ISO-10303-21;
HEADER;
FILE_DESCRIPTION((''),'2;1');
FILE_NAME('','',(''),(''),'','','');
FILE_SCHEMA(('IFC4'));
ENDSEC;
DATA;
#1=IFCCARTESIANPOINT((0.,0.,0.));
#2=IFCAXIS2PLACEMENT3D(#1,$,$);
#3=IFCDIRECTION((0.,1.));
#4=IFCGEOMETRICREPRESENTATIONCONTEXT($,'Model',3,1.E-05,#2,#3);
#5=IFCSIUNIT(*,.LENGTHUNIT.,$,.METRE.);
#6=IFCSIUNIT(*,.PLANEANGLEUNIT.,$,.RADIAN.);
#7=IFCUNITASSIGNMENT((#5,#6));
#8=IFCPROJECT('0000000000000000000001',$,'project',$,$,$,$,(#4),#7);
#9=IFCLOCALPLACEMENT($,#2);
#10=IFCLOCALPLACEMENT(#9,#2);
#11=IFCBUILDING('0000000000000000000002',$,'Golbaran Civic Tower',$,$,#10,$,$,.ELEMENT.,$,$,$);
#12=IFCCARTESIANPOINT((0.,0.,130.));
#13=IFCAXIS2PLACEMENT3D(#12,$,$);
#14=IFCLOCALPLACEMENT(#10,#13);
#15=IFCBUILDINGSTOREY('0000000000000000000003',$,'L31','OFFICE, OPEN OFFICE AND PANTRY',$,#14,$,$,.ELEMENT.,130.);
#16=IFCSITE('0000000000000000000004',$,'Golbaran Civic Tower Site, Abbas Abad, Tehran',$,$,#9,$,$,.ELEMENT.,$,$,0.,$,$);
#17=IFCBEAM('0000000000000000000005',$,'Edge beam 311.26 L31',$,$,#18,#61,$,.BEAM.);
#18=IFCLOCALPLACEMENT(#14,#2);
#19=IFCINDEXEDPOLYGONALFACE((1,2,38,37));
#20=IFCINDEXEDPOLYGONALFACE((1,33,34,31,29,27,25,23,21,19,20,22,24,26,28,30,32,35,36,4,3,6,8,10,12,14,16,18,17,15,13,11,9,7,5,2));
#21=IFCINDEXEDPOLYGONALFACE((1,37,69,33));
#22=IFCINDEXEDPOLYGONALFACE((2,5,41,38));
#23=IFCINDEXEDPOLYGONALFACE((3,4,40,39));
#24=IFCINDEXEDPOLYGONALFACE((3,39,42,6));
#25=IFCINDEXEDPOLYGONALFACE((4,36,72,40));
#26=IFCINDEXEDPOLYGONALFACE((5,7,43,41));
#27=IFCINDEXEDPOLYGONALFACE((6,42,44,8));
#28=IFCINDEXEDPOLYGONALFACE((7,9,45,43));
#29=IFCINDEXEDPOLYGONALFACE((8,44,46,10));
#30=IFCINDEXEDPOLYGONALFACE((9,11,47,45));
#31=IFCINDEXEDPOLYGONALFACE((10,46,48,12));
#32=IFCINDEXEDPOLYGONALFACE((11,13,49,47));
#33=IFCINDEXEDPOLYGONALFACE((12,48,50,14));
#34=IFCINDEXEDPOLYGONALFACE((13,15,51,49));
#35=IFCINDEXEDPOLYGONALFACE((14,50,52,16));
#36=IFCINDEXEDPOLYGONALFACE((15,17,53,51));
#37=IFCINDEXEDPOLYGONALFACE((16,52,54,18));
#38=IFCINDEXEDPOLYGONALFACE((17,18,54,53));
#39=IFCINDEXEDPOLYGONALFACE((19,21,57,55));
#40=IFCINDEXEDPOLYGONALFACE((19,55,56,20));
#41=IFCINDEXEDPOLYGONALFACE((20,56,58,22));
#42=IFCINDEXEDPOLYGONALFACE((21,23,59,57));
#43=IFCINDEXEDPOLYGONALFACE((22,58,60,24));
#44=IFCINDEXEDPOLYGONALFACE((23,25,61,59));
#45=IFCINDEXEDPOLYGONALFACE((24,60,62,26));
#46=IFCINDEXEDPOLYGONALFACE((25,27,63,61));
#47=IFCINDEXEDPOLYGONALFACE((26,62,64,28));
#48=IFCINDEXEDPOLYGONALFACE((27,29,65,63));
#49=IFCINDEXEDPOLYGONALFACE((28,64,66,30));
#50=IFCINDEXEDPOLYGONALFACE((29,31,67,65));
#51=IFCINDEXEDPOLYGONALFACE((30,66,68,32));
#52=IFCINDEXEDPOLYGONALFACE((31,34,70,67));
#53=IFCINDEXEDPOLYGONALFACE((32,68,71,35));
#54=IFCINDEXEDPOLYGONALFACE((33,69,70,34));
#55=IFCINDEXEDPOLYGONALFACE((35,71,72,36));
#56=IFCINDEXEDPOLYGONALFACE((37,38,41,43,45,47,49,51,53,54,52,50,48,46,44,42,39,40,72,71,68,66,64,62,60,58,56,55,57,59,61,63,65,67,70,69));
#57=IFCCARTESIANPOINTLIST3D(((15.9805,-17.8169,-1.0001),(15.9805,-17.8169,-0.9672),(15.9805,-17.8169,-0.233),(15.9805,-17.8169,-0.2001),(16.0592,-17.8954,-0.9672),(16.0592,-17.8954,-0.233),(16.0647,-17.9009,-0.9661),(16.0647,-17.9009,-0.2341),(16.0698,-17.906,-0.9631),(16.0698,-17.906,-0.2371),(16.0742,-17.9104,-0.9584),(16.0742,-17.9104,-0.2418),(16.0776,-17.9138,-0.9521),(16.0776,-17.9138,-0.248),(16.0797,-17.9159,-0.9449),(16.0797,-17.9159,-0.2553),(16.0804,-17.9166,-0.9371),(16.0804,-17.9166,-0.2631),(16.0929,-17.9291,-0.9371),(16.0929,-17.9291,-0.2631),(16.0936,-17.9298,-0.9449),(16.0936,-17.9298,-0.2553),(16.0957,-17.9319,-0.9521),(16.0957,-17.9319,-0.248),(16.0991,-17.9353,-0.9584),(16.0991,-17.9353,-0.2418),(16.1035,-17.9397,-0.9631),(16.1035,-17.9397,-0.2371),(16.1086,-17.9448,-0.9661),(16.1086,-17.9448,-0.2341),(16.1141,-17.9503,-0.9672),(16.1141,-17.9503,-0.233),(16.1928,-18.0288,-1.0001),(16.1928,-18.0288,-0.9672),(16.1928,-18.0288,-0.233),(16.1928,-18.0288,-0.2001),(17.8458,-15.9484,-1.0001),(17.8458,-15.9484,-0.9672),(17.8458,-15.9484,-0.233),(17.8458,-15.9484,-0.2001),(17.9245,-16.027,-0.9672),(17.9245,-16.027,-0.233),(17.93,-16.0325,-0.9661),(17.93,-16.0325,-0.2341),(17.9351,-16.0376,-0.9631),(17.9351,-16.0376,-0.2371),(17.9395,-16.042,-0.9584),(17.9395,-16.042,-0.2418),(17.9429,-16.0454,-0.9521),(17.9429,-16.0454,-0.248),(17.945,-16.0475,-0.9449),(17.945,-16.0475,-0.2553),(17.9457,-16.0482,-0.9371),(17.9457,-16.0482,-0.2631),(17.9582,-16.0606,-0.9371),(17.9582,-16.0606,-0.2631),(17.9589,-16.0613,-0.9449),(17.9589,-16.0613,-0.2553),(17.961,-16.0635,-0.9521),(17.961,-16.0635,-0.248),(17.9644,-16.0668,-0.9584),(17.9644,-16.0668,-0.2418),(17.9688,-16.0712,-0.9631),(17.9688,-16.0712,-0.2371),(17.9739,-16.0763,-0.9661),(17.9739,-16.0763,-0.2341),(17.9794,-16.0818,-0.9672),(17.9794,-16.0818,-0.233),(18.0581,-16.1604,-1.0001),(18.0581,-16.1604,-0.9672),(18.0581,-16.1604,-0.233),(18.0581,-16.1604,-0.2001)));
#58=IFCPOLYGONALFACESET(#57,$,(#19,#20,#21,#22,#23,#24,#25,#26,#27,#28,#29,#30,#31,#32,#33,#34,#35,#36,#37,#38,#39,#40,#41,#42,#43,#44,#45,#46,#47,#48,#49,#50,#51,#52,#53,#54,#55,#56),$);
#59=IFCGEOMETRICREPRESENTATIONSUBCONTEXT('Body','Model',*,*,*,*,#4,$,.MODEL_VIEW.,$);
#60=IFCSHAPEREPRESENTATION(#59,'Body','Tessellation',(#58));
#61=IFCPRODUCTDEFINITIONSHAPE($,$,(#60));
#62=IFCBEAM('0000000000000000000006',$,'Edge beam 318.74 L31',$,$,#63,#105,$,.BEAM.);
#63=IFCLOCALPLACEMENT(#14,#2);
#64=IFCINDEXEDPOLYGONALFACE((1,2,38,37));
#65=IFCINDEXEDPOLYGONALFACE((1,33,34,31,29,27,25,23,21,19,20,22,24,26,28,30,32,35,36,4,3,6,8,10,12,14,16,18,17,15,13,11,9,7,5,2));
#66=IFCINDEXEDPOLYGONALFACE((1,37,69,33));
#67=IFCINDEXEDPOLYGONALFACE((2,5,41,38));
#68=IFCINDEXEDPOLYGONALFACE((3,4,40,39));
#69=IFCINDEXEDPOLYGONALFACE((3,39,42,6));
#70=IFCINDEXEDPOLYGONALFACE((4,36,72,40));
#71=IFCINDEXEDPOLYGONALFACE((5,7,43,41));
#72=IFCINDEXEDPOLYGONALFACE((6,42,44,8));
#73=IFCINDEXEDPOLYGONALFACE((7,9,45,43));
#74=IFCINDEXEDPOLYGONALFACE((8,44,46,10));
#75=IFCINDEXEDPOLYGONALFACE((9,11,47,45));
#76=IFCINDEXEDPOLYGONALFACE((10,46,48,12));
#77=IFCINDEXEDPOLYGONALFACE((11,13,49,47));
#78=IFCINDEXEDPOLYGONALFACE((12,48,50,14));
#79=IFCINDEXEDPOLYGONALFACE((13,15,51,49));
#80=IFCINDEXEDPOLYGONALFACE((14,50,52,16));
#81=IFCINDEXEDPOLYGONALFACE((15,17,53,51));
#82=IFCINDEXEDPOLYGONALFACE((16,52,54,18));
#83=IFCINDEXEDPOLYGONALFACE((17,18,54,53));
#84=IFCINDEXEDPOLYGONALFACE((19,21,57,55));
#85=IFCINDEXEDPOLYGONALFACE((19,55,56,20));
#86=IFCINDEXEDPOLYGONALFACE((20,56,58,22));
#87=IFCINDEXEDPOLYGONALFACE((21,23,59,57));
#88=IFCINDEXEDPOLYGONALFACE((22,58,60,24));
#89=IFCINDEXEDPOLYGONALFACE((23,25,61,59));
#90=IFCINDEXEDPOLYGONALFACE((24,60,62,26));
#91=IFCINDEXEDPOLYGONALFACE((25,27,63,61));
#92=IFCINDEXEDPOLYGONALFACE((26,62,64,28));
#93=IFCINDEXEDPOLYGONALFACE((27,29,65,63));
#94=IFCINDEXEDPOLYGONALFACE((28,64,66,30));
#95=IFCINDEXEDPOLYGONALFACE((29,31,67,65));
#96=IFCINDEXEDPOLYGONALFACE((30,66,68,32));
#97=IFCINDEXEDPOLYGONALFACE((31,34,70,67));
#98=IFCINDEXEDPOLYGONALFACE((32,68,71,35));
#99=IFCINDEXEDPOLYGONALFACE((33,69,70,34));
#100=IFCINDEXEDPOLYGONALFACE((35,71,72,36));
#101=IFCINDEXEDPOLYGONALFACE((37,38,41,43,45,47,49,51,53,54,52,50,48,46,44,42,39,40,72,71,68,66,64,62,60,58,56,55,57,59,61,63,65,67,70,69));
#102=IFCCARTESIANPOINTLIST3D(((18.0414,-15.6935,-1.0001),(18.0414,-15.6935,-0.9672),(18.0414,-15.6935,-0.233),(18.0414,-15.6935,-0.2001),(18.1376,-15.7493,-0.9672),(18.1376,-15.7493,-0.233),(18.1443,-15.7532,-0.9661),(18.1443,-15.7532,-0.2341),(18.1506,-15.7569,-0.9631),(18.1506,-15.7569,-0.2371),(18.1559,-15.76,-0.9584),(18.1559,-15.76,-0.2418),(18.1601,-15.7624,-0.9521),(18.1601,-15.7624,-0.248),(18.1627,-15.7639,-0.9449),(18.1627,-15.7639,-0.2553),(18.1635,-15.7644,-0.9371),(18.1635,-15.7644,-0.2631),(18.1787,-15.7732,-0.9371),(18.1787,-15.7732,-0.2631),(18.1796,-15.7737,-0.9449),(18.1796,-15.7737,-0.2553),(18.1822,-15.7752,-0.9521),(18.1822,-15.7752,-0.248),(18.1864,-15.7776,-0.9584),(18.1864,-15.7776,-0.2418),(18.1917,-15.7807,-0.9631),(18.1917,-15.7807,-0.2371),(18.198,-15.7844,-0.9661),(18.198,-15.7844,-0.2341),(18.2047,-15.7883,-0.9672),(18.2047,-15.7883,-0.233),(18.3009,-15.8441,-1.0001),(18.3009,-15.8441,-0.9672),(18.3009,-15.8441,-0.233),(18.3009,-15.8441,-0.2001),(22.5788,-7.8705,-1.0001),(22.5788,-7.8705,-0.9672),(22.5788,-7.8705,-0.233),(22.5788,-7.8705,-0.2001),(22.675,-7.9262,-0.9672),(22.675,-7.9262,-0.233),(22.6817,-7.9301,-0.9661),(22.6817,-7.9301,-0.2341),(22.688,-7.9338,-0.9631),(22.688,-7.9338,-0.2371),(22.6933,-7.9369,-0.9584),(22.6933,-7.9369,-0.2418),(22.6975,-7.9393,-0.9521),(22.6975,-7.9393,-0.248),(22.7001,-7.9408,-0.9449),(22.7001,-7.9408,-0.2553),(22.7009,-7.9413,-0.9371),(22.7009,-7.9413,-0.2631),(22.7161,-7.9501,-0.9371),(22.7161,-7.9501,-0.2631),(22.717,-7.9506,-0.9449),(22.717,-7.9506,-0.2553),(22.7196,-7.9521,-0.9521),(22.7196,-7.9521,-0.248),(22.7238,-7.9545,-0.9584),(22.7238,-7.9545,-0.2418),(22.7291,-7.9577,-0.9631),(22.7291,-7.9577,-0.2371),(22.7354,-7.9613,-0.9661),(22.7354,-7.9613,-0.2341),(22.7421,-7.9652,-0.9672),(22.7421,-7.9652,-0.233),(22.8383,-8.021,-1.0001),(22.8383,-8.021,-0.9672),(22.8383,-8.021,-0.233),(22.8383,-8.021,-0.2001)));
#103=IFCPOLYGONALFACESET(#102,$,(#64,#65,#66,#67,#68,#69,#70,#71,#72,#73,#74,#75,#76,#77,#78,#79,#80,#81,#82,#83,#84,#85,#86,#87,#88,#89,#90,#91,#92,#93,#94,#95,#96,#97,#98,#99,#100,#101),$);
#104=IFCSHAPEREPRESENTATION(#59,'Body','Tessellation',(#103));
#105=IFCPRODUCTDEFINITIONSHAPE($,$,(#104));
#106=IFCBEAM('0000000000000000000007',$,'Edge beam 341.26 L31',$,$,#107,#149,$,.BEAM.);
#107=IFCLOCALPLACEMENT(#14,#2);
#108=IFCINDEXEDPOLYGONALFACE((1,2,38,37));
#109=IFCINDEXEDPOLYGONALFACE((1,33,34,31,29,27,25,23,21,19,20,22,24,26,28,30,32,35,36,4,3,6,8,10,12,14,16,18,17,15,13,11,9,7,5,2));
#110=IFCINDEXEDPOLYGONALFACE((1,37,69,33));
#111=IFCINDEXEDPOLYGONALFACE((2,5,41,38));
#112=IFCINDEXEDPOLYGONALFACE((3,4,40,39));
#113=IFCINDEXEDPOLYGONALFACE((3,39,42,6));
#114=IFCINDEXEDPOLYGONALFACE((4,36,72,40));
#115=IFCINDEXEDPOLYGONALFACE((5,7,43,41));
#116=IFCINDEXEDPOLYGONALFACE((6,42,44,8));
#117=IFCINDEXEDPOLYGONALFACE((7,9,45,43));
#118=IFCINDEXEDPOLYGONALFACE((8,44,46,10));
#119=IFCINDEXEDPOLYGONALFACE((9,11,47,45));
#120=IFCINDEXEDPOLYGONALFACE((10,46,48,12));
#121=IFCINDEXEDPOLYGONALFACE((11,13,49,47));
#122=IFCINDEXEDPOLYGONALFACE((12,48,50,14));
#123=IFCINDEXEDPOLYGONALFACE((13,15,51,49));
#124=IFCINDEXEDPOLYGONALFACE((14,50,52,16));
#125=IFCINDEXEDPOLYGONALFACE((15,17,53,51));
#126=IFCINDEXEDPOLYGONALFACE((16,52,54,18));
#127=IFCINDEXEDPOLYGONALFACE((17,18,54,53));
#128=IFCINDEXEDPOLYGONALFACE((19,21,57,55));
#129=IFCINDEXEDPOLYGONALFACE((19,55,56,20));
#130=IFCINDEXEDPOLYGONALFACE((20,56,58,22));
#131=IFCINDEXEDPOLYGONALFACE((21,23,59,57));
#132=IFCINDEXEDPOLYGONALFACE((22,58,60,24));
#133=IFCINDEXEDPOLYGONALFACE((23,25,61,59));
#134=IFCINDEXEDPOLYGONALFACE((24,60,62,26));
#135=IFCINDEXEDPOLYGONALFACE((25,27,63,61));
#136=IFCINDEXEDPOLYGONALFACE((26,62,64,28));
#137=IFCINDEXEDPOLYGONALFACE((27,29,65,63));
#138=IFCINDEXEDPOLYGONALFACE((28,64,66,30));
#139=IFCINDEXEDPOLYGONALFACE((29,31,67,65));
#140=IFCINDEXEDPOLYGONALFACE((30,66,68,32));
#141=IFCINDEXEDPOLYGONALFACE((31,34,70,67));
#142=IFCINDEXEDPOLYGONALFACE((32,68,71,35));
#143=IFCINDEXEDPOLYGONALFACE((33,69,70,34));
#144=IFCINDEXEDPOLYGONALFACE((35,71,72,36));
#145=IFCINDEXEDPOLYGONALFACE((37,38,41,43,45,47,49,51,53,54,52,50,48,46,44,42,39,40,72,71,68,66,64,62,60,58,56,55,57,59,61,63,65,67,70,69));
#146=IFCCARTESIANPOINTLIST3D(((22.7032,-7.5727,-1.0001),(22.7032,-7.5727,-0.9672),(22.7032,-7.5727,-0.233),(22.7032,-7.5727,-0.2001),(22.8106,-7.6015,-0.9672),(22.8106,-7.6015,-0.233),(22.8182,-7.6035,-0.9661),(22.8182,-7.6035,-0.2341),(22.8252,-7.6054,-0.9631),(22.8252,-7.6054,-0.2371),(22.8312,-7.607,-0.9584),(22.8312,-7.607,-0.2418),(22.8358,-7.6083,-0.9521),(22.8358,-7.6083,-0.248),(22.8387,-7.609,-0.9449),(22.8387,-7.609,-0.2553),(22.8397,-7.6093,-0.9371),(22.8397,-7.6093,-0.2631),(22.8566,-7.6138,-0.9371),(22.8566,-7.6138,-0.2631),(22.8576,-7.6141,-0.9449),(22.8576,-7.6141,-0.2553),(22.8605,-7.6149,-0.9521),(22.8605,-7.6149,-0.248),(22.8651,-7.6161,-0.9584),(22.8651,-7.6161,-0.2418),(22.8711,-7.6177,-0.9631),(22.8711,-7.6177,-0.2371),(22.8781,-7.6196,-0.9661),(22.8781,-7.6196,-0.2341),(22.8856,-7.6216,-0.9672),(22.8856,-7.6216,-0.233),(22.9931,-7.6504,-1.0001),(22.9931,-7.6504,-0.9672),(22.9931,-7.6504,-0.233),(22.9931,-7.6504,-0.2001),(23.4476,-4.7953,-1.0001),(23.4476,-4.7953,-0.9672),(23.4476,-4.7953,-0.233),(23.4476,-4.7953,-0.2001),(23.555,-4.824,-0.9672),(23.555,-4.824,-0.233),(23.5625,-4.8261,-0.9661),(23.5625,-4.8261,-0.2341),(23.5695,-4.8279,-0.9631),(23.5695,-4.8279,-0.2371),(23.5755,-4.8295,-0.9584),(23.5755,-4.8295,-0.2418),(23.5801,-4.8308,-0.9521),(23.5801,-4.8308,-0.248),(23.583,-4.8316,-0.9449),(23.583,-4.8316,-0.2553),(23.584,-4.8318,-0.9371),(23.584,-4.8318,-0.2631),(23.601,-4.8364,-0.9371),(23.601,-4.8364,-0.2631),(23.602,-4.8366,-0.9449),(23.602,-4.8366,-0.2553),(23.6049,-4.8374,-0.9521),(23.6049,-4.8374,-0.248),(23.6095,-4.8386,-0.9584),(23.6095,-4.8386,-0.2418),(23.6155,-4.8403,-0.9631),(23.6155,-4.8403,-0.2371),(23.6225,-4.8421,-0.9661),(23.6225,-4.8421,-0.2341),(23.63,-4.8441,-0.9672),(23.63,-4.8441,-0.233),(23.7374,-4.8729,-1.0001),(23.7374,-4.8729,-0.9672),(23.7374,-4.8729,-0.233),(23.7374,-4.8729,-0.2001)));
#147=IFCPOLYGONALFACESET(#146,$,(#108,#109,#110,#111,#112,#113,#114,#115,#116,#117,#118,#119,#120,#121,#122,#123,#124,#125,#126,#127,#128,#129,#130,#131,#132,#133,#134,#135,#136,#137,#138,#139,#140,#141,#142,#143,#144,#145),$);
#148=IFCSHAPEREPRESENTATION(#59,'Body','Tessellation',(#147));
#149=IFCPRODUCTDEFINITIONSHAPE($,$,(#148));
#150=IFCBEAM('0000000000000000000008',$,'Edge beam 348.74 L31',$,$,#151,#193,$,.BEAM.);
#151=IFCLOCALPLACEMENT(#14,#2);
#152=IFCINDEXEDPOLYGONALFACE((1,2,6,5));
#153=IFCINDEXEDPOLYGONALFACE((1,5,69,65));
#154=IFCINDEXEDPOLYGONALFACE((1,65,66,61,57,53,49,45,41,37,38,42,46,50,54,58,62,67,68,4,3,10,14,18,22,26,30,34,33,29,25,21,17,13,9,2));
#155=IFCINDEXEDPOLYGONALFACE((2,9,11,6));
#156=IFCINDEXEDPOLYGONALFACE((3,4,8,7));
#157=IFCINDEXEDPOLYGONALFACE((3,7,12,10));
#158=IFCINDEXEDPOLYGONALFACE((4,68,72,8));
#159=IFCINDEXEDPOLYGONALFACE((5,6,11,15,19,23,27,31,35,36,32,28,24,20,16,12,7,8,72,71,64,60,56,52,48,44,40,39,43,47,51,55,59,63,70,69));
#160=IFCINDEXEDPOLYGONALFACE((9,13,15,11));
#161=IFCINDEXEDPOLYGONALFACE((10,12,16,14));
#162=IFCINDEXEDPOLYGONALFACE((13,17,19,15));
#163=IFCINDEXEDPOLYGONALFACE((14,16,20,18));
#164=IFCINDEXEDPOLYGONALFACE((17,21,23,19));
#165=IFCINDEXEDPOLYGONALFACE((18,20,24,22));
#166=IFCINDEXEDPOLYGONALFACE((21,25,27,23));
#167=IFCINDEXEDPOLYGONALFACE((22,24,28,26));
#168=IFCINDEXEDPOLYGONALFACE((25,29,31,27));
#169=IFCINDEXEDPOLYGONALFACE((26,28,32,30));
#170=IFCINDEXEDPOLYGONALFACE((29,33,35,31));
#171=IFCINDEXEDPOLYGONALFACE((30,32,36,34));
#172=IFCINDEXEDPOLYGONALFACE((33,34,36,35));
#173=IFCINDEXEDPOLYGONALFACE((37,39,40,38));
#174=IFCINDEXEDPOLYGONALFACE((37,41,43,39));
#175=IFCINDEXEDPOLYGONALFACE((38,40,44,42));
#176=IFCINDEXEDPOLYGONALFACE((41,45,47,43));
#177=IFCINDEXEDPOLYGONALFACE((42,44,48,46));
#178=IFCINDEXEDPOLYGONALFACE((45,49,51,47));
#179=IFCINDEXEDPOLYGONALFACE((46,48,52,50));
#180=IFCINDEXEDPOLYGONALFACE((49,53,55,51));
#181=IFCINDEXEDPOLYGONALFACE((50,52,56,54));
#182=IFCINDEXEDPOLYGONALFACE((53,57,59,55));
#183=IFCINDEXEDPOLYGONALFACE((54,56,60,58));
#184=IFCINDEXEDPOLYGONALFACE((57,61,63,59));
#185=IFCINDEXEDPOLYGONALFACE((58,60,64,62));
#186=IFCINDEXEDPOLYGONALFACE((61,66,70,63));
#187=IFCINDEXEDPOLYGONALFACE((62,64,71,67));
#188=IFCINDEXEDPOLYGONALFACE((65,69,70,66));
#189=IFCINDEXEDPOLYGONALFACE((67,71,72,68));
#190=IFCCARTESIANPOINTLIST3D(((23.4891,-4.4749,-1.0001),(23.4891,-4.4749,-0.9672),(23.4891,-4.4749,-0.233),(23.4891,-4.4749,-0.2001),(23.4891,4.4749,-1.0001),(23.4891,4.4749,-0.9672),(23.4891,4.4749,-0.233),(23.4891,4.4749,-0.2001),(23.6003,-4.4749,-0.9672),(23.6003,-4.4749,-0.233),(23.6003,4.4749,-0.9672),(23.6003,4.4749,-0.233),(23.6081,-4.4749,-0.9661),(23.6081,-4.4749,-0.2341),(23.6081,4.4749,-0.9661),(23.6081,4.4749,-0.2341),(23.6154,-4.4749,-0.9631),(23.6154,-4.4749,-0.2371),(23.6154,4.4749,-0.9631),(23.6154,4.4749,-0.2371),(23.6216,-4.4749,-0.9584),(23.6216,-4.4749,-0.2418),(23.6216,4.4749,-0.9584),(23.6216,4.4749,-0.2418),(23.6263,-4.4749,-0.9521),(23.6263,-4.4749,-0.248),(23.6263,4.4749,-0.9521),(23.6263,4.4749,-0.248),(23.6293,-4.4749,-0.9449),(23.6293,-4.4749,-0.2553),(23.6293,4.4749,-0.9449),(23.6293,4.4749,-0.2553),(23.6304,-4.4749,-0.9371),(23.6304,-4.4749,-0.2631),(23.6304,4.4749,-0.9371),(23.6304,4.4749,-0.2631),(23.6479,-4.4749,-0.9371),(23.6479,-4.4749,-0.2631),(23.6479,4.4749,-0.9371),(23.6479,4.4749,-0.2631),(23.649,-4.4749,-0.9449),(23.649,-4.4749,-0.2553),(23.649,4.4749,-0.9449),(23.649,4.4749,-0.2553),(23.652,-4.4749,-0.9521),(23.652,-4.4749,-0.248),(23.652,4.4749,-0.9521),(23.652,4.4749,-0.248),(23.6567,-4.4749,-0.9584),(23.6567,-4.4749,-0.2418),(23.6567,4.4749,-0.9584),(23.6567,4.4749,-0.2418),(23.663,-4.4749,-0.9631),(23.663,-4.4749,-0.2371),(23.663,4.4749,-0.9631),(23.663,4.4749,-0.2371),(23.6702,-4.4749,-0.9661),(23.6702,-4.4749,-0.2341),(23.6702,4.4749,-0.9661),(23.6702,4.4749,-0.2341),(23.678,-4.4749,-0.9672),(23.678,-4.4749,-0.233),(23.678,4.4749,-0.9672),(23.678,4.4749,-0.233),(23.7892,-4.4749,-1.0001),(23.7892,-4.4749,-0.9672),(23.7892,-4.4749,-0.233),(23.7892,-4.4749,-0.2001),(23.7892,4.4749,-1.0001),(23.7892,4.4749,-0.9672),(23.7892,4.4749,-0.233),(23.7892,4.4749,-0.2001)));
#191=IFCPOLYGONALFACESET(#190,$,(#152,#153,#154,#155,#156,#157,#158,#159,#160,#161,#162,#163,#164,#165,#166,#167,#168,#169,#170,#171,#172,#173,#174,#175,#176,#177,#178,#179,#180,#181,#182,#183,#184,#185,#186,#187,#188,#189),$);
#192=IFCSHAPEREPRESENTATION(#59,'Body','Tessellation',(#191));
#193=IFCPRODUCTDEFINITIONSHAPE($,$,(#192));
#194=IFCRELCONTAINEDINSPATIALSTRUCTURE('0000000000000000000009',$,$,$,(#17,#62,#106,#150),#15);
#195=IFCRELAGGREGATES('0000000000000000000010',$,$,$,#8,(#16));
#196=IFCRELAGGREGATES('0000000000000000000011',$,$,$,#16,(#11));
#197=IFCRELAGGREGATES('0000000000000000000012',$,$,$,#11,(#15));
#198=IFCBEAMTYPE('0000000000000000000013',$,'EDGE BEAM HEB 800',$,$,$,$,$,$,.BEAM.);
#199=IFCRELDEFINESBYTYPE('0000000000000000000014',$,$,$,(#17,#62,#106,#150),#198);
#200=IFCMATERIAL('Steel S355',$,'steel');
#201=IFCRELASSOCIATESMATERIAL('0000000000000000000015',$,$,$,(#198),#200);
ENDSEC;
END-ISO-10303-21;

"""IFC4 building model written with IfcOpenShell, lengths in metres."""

from ifc_helpers import new_model, si_unit, direction, frame, origin, origin_2d, place, context, subcontext, project, spatial, i_section, extrude, material, material_profile, profile_set, type_object, element, save


model = new_model("IFC4")

# Units and contexts
model_context = context("Model", 3, precision=1e-05, world=origin(), true_north=direction((0.0, 1.0)))
body_context = subcontext(model_context, "Body", "Model", "MODEL_VIEW")
ifc_project = project(units=[si_unit("LENGTHUNIT", "METRE"), si_unit("PLANEANGLEUNIT", "RADIAN")], contexts=[model_context])

# Site, building, storey
site_placement = place(None, origin())
site = spatial("IfcSite", under=ifc_project, at=site_placement, Name="Golbaran Civic Tower Site, Abbas Abad, Tehran", CompositionType="ELEMENT", RefElevation=0.0)
building_placement = place(site_placement, origin())
building = spatial("IfcBuilding", under=site, at=building_placement, Name="Golbaran Civic Tower", CompositionType="ELEMENT")
storey_placement = place(building_placement, frame((0.0, 0.0, 130.0)))
storey = spatial("IfcBuildingStorey", under=building, at=storey_placement, Name="L31", Description="OFFICE, OPEN OFFICE AND PANTRY", CompositionType="ELEMENT", Elevation=130.0)

# Beams
ifc_material_1 = material(Name="Steel S355", Category="steel")
ifc_material_profile_1 = material_profile(ifc_material_1, i_section(OverallWidth=0.3, OverallDepth=0.8, WebThickness=0.0176, FlangeThickness=0.033, FilletRadius=0.03, at=origin_2d()), Name="HEB 800")
ifc_profile_set_1 = profile_set([ifc_material_profile_1], Name="Steel S355")
beam_type_1 = type_object("IfcBeamType", Name="EDGE BEAM HEB 800", PredefinedType="BEAM", material=ifc_profile_set_1)
beam_1_placement = place(storey_placement, frame((16.0867, -17.9229, -0.6001), z_axis=(0.706505, 0.707708, 0.0), x_axis=(-0.707708, 0.706505, 0.0)))
element("IfcBeam", 1, at=beam_1_placement, inside=storey, type_object=beam_type_1, Name="Edge beam 311.26 L31", PredefinedType="BEAM", context=body_context, shape_type="SweptSolid", body=[
    extrude(i_section(OverallWidth=0.3, OverallDepth=0.8, WebThickness=0.0176, FlangeThickness=0.033, FilletRadius=0.03, at=origin_2d()), origin(), (0.0, 0.0, 1.0), 2.6401),
])
beam_2_placement = place(storey_placement, frame((18.1711, -15.7688, -0.6001), z_axis=(0.501719, 0.86503, 0.0), x_axis=(-0.86503, 0.501719, 0.0)))
element("IfcBeam", 2, at=beam_2_placement, inside=storey, type_object=beam_type_1, Name="Edge beam 318.74 L31", PredefinedType="BEAM", context=body_context, shape_type="SweptSolid", body=[
    extrude(i_section(OverallWidth=0.3, OverallDepth=0.8, WebThickness=0.0176, FlangeThickness=0.033, FilletRadius=0.03, at=origin_2d()), origin(), (0.0, 0.0, 1.0), 9.0437),
])
beam_3_placement = place(storey_placement, frame((22.8481, -7.6116, -0.6001), z_axis=(0.258862, 0.965914, 0.0), x_axis=(-0.965914, 0.258862, 0.0)))
element("IfcBeam", 3, at=beam_3_placement, inside=storey, type_object=beam_type_1, Name="Edge beam 341.26 L31", PredefinedType="BEAM", context=body_context, shape_type="SweptSolid", body=[
    extrude(i_section(OverallWidth=0.3, OverallDepth=0.8, WebThickness=0.0176, FlangeThickness=0.033, FilletRadius=0.03, at=origin_2d()), origin(), (0.0, 0.0, 1.0), 2.8755),
])
beam_4_placement = place(storey_placement, frame((23.6392, -4.4749, -0.6001), z_axis=(0.0, 1.0, 0.0), x_axis=(-1.0, 0.0, 0.0)))
element("IfcBeam", 4, at=beam_4_placement, inside=storey, type_object=beam_type_1, Name="Edge beam 348.74 L31", PredefinedType="BEAM", context=body_context, shape_type="SweptSolid", body=[
    extrude(i_section(OverallWidth=0.3, OverallDepth=0.8, WebThickness=0.0176, FlangeThickness=0.033, FilletRadius=0.03, at=origin_2d()), origin(), (0.0, 0.0, 1.0), 8.9497),
])

save(model, "model.ifc")
